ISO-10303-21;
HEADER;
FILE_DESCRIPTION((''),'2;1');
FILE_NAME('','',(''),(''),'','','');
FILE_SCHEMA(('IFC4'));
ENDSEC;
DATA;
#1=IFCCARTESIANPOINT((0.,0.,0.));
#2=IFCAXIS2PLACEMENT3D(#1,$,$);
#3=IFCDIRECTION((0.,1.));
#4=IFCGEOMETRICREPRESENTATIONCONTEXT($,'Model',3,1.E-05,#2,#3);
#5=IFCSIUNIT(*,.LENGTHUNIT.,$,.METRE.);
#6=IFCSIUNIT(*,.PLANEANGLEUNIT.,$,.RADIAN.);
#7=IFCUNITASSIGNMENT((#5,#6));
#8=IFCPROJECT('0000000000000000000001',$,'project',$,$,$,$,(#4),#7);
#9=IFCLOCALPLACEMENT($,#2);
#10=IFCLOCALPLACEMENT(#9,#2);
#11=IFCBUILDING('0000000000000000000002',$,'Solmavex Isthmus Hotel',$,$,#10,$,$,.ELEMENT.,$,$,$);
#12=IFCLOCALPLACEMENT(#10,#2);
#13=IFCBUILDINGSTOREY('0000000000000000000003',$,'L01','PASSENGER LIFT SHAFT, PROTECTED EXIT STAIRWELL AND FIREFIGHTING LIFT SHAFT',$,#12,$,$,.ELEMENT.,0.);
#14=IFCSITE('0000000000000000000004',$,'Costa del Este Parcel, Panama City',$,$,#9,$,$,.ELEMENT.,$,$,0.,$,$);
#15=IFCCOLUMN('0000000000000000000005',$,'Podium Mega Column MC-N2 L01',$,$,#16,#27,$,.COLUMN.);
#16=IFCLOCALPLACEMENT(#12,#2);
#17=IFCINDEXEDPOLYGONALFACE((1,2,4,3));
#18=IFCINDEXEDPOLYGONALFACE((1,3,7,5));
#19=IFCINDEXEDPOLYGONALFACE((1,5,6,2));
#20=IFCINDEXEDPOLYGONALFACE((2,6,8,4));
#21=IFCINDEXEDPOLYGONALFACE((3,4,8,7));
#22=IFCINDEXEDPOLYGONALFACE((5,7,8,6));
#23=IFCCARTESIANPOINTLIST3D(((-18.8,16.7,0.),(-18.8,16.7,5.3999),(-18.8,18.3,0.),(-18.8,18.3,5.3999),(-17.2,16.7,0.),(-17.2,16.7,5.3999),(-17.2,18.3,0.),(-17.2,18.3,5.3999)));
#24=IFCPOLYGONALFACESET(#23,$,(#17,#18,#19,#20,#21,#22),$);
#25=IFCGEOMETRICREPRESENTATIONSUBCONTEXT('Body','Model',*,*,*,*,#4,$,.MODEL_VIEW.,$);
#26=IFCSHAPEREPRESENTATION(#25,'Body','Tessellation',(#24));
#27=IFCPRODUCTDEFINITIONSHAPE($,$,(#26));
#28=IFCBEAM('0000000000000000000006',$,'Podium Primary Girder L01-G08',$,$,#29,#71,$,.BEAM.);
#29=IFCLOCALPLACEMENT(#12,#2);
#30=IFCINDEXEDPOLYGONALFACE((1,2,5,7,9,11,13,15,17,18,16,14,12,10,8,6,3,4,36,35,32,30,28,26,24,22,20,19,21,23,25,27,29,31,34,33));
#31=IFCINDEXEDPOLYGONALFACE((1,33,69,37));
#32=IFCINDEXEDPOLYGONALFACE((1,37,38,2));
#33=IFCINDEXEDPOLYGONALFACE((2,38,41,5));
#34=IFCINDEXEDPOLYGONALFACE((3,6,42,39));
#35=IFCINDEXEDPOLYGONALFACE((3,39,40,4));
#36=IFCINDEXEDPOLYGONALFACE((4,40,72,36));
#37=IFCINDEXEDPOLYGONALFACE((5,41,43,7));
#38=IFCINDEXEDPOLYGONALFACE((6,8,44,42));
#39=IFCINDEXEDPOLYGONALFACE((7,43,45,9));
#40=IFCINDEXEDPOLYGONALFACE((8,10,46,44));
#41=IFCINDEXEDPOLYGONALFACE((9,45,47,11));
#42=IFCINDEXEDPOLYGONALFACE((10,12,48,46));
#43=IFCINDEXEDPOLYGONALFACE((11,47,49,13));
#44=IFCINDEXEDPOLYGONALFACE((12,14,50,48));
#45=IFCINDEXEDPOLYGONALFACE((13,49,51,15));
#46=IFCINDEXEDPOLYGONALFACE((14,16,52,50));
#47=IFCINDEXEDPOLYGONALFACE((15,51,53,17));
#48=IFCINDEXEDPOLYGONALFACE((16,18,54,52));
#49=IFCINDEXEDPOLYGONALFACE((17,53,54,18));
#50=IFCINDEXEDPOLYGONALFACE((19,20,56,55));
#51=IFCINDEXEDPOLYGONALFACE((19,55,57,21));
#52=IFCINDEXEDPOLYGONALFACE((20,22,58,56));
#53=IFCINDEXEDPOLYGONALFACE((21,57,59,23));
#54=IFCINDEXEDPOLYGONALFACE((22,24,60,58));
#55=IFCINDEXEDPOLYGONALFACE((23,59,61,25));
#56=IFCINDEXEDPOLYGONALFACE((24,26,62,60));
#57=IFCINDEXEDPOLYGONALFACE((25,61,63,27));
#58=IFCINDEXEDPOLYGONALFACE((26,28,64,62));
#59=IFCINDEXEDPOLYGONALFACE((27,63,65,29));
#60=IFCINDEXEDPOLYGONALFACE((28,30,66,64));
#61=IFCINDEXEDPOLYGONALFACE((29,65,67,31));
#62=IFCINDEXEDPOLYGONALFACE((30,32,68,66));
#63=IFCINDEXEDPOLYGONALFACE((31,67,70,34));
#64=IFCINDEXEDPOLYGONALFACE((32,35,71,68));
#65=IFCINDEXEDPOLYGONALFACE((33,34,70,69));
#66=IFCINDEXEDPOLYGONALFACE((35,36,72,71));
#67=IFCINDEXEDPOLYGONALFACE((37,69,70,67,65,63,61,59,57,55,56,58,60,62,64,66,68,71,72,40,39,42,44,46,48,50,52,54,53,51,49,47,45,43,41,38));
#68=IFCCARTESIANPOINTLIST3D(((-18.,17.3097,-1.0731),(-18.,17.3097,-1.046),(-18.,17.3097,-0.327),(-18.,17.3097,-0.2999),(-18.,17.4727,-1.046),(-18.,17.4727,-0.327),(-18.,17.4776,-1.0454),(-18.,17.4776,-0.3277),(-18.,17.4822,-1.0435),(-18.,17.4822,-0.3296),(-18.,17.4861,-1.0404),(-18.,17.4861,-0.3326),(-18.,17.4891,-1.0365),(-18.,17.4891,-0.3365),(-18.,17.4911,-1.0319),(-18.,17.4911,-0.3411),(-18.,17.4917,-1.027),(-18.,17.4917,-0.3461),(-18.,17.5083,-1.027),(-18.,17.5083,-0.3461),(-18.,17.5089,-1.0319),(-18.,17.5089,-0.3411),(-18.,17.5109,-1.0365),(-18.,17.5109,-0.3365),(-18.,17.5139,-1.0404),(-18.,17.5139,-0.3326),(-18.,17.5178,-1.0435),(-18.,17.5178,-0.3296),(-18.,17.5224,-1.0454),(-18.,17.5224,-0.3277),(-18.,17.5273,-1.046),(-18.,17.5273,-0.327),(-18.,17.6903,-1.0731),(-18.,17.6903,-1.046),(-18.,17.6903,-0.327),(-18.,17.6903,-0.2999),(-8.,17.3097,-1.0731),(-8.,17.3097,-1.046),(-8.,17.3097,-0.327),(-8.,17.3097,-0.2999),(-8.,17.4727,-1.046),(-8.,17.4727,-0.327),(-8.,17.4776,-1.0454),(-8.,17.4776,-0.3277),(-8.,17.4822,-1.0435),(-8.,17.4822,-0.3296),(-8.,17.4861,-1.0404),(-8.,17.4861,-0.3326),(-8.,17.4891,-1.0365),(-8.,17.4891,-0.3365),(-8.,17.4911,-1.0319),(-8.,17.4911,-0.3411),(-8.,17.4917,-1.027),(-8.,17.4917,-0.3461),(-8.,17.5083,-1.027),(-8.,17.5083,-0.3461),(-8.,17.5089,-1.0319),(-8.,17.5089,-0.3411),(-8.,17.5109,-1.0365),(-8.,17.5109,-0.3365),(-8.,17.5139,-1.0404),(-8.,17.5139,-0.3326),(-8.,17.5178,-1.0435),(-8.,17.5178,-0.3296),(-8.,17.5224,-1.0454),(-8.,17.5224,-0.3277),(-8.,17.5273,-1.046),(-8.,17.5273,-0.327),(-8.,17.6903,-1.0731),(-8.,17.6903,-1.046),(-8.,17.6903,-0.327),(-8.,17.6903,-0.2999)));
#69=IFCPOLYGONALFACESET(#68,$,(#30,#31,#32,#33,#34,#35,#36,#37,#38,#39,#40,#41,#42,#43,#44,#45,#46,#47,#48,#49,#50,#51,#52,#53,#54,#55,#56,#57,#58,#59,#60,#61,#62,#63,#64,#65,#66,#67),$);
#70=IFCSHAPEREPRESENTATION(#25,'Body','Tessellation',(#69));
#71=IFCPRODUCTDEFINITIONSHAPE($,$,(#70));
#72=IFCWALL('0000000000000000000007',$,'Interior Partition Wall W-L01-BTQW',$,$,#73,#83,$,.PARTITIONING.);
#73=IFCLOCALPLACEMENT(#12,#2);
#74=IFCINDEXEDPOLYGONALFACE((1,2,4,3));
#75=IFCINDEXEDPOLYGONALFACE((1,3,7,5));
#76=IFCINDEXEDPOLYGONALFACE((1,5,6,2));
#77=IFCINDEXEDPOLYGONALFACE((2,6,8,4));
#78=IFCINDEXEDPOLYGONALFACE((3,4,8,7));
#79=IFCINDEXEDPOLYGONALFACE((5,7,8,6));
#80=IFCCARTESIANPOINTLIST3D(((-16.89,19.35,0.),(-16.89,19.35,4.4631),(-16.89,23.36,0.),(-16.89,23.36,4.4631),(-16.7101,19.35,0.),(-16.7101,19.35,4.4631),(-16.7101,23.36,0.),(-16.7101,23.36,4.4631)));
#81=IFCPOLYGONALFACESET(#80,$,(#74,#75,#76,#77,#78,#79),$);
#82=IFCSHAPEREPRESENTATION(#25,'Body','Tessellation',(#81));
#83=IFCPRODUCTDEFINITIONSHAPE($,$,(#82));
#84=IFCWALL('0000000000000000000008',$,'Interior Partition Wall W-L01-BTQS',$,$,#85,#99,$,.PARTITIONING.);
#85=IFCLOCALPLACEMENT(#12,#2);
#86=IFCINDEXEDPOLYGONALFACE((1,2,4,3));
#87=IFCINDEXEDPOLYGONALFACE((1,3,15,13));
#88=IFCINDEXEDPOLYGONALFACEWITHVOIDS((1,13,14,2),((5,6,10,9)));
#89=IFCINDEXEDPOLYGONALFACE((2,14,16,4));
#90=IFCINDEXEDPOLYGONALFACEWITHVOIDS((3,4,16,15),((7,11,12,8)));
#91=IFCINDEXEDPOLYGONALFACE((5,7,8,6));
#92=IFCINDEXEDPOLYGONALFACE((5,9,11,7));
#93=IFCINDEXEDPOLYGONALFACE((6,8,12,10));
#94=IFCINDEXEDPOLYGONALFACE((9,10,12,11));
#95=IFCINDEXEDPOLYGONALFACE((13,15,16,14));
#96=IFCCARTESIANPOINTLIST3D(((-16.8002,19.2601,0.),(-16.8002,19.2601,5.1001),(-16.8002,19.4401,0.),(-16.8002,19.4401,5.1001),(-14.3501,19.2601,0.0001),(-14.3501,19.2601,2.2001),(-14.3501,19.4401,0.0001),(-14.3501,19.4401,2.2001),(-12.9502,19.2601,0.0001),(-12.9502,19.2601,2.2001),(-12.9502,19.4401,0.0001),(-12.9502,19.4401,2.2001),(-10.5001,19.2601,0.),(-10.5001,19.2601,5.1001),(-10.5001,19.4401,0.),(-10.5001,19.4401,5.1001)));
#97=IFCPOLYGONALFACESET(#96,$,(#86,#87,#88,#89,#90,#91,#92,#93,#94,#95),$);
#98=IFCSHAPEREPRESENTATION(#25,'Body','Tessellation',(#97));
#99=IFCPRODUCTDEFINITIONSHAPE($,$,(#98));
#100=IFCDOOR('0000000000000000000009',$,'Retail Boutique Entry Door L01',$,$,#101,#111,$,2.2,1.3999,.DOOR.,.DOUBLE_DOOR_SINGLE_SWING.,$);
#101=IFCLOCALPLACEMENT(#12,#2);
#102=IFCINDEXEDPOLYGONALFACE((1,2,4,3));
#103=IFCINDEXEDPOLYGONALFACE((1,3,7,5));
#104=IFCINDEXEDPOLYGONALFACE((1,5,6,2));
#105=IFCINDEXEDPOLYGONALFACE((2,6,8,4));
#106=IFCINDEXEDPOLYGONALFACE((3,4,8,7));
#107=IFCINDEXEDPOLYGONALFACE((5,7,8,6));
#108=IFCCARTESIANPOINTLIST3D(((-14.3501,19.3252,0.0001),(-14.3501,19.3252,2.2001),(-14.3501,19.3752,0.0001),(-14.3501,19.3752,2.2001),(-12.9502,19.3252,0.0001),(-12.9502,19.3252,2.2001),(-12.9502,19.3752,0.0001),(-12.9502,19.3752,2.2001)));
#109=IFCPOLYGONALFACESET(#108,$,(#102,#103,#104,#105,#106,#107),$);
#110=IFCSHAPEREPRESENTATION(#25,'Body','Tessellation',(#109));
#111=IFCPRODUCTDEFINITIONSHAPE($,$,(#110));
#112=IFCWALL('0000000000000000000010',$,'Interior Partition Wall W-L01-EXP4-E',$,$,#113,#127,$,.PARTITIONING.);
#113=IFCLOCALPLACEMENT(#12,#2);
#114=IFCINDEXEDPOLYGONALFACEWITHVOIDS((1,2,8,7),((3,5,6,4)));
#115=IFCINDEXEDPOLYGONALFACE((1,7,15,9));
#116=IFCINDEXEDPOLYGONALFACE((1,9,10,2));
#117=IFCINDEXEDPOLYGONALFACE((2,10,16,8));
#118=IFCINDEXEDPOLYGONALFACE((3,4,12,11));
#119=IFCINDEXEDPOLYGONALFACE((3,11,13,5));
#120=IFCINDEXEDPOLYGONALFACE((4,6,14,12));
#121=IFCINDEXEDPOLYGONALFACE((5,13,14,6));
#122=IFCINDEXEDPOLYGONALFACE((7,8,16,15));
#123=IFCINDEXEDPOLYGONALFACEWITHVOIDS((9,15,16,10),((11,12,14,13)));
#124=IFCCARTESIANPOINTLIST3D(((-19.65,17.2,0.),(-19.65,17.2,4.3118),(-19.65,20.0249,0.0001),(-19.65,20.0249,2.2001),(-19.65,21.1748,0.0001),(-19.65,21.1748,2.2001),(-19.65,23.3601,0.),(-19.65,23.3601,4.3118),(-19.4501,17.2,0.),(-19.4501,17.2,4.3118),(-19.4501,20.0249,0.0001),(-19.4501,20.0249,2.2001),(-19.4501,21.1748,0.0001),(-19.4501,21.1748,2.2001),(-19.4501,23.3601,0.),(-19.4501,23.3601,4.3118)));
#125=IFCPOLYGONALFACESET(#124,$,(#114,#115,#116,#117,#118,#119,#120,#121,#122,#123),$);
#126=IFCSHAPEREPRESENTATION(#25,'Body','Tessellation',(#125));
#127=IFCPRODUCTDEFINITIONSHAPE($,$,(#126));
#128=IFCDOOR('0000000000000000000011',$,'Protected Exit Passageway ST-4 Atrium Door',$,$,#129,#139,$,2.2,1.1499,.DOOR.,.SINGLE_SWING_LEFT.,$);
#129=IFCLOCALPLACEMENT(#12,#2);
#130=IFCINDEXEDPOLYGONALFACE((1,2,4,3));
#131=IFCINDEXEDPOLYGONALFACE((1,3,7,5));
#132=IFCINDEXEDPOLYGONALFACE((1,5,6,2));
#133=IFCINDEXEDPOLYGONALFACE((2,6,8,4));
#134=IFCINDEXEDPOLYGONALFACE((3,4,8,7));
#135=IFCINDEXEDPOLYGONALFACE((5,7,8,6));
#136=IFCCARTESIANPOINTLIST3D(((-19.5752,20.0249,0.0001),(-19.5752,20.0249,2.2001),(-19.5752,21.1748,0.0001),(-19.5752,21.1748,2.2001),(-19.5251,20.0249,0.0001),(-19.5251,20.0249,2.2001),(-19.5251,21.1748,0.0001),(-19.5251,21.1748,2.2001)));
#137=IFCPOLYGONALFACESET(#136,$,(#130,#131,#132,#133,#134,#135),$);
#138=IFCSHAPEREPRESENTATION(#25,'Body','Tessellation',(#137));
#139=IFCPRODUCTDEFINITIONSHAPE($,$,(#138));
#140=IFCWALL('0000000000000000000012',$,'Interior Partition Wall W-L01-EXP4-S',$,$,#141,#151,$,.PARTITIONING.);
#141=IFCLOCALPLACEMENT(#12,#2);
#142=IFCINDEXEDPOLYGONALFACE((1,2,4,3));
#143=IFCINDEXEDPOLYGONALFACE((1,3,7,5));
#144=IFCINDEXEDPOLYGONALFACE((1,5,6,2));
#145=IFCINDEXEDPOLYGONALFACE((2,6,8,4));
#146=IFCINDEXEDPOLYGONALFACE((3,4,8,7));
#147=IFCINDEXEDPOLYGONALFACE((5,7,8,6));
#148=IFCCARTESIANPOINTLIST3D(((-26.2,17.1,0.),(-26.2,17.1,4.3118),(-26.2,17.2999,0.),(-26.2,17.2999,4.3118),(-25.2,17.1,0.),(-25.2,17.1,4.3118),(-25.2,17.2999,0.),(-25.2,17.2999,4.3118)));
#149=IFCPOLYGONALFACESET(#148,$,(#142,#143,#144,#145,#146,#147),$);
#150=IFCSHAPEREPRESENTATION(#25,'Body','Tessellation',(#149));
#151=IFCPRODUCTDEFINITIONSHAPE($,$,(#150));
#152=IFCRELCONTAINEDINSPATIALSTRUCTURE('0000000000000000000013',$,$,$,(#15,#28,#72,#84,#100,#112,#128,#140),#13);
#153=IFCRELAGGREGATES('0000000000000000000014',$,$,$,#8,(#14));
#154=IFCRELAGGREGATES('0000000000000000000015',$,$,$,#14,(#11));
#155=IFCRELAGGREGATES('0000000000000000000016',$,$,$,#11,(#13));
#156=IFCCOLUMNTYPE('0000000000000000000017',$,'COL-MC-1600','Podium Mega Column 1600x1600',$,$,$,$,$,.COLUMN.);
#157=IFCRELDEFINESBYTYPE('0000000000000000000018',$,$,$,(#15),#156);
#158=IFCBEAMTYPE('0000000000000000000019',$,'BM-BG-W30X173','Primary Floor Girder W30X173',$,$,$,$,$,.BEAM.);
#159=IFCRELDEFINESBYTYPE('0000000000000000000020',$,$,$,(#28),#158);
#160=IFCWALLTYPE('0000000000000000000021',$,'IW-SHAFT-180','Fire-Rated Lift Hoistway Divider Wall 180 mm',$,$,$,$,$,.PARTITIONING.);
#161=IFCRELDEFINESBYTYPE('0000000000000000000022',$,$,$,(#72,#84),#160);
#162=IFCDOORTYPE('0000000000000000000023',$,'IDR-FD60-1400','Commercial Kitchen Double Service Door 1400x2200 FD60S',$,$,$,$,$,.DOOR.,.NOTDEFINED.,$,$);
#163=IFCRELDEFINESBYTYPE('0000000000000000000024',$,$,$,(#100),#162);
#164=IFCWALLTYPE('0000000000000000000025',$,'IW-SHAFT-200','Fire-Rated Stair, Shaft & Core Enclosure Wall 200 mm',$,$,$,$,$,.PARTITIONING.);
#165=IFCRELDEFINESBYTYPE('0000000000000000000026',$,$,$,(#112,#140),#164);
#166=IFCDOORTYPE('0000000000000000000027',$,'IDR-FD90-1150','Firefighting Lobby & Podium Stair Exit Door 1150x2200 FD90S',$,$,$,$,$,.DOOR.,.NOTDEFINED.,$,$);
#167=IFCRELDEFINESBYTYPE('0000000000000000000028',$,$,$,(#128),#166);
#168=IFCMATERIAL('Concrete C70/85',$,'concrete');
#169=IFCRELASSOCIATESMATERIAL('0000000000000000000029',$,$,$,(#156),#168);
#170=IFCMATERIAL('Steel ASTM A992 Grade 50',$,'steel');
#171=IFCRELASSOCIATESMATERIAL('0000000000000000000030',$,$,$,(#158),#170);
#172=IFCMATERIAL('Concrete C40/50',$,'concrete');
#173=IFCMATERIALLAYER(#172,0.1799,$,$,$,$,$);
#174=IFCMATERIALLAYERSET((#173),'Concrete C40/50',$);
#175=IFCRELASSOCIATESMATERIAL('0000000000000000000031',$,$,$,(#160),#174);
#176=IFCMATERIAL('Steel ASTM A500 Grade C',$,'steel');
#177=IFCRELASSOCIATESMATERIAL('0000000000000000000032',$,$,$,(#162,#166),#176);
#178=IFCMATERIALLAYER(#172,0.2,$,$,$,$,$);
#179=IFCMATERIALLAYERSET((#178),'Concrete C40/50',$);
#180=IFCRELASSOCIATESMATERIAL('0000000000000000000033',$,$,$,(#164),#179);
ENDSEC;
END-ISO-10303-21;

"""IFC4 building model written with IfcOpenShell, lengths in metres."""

from ifc_helpers import new_model, si_unit, direction, frame, frame_2d, origin, origin_2d, place, context, subcontext, project, spatial, rectangle, i_section, extrude, material, layer, layer_set, material_profile, profile_set, type_object, element, fill, save


model = new_model("IFC4")

# Units and contexts
model_context = context("Model", 3, precision=1e-05, world=origin(), true_north=direction((0.0, 1.0)))
body_context = subcontext(model_context, "Body", "Model", "MODEL_VIEW")
ifc_project = project(units=[si_unit("LENGTHUNIT", "METRE"), si_unit("PLANEANGLEUNIT", "RADIAN")], contexts=[model_context])

# Site, building, storey
site_placement = place(None, origin())
site = spatial("IfcSite", under=ifc_project, at=site_placement, Name="Costa del Este Parcel, Panama City", CompositionType="ELEMENT", RefElevation=0.0)
building_placement = place(site_placement, origin())
building = spatial("IfcBuilding", under=site, at=building_placement, Name="Solmavex Isthmus Hotel", CompositionType="ELEMENT")
storey_placement = place(building_placement, origin())
storey = spatial("IfcBuildingStorey", under=building, at=storey_placement, Name="L01", Description="PASSENGER LIFT SHAFT, PROTECTED EXIT STAIRWELL AND FIREFIGHTING LIFT SHAFT", CompositionType="ELEMENT", Elevation=0.0)

# Column
ifc_material_1 = material(Name="Concrete C70/85", Category="concrete")
ifc_material_profile_1 = material_profile(ifc_material_1, rectangle(XDim=1.6001, YDim=1.6001, at=origin_2d()), Name="RC1600X1600")
ifc_profile_set_1 = profile_set([ifc_material_profile_1], Name="Concrete C70/85")
column_type = type_object("IfcColumnType", Name="COL-MC-1600", Description="Podium Mega Column 1600x1600", PredefinedType="COLUMN", material=ifc_profile_set_1)
column_placement = place(storey_placement, frame((-18.0, 17.5, 0.0), z_axis=(0.0, 0.0, 1.0), x_axis=(1.0, 0.0, 0.0)))
element("IfcColumn", 1, at=column_placement, inside=storey, type_object=column_type, Name="Podium Mega Column MC-N2 L01", PredefinedType="COLUMN", context=body_context, shape_type="SweptSolid", body=[
    extrude(rectangle(XDim=1.6001, YDim=1.6001, at=origin_2d()), origin(), (0.0, 0.0, 1.0), 5.3999),
])

# Beam
ifc_material_2 = material(Name="Steel ASTM A992 Grade 50", Category="steel")
ifc_material_profile_2 = material_profile(ifc_material_2, i_section(OverallWidth=0.3806, OverallDepth=0.7732, WebThickness=0.0166, FlangeThickness=0.0271, FilletRadius=0.019, at=origin_2d()), Name="W30X173")
ifc_profile_set_2 = profile_set([ifc_material_profile_2], Name="Steel ASTM A992 Grade 50")
beam_type = type_object("IfcBeamType", Name="BM-BG-W30X173", Description="Primary Floor Girder W30X173", PredefinedType="BEAM", material=ifc_profile_set_2)
beam_placement = place(storey_placement, frame((-18.0, 17.5, -0.6865), z_axis=(1.0, 0.0, 0.0), x_axis=(0.0, 1.0, 0.0)))
element("IfcBeam", 2, at=beam_placement, inside=storey, type_object=beam_type, Name="Podium Primary Girder L01-G08", PredefinedType="BEAM", context=body_context, shape_type="SweptSolid", body=[
    extrude(i_section(OverallWidth=0.3806, OverallDepth=0.7732, WebThickness=0.0166, FlangeThickness=0.0271, FilletRadius=0.019, at=origin_2d()), origin(), (0.0, 0.0, 1.0), 10.0),
])

# Wall
ifc_material_3 = material(Name="Concrete C40/50", Category="concrete")
ifc_layer_1 = layer(ifc_material_3, 0.1799)
ifc_layer_set_1 = layer_set([ifc_layer_1], Name="Concrete C40/50")
wall_type_1 = type_object("IfcWallType", Name="IW-SHAFT-180", Description="Fire-Rated Lift Hoistway Divider Wall 180 mm", PredefinedType="PARTITIONING", material=ifc_layer_set_1)
wall_1_placement = place(storey_placement, frame((-16.8, 19.3501, 0.0), z_axis=(0.0, 0.0, 1.0), x_axis=(0.0, 1.0, 0.0)))
element("IfcWall", 3, at=wall_1_placement, inside=storey, type_object=wall_type_1, Name="Interior Partition Wall W-L01-BTQW", PredefinedType="PARTITIONING", context=body_context, shape_type="SweptSolid", body=[
    extrude(rectangle(XDim=4.01, YDim=0.1799, at=frame_2d((2.0049, 0.0))), origin(), (0.0, 0.0, 1.0), 4.4631),
])

# Walls, openings, doors
wall_2_placement = place(storey_placement, frame((-16.8, 19.3501, 0.0), z_axis=(0.0, 0.0, 1.0), x_axis=(1.0, 0.0, 0.0)))
wall_2 = element("IfcWall", 4, at=wall_2_placement, inside=storey, type_object=wall_type_1, Name="Interior Partition Wall W-L01-BTQS", PredefinedType="PARTITIONING", context=body_context, shape_type="SweptSolid", body=[
    extrude(rectangle(XDim=6.3, YDim=0.1799, at=frame_2d((3.1499, 0.0))), origin(), (0.0, 0.0, 1.0), 5.1001),
])
opening_1_placement = place(wall_2_placement, frame((2.45, 0.0, 0.0)))
opening_1 = element("IfcOpeningElement", 5, at=opening_1_placement, cuts=wall_2, PredefinedType="OPENING", context=body_context, shape_type="SweptSolid", body=[
    extrude(rectangle(XDim=1.3999, YDim=2.2, at=frame_2d((0.7, 1.1001))), frame((0.0, 0.0999, 0.0), z_axis=(0.0, -1.0, 0.0), x_axis=(1.0, 0.0, 0.0)), (0.0, 0.0, 1.0), 0.2),
])
ifc_material_4 = material(Name="Steel ASTM A500 Grade C", Category="steel")
door_type_1 = type_object("IfcDoorType", Name="IDR-FD60-1400", Description="Commercial Kitchen Double Service Door 1400x2200 FD60S", OperationType="NOTDEFINED", PredefinedType="DOOR", material=ifc_material_4)
door_1_placement = place(opening_1_placement, frame((1.3999, 0.0, 0.0), z_axis=(0.0, 0.0, 1.0), x_axis=(-1.0, 0.0, 0.0)))
door_1 = element("IfcDoor", 6, at=door_1_placement, inside=storey, type_object=door_type_1, Name="Retail Boutique Entry Door L01", OperationType="DOUBLE_DOOR_SINGLE_SWING", OverallHeight=2.2, OverallWidth=1.3999, PredefinedType="DOOR", context=body_context, shape_type="SweptSolid", body=[
    extrude(rectangle(XDim=1.3999, YDim=2.2, at=frame_2d((0.7, 1.1001))), frame((0.0, 0.0249, 0.0), z_axis=(0.0, -1.0, 0.0), x_axis=(1.0, 0.0, 0.0)), (0.0, 0.0, 1.0), 0.05),
])
fill(opening_1, door_1)
ifc_layer_2 = layer(ifc_material_3, 0.2)
ifc_layer_set_2 = layer_set([ifc_layer_2], Name="Concrete C40/50")
wall_type_2 = type_object("IfcWallType", Name="IW-SHAFT-200", Description="Fire-Rated Stair, Shaft & Core Enclosure Wall 200 mm", PredefinedType="PARTITIONING", material=ifc_layer_set_2)
wall_3_placement = place(storey_placement, frame((-19.55, 17.2, 0.0), z_axis=(0.0, 0.0, 1.0), x_axis=(0.0, 1.0, 0.0)))
wall_3 = element("IfcWall", 7, at=wall_3_placement, inside=storey, type_object=wall_type_2, Name="Interior Partition Wall W-L01-EXP4-E", PredefinedType="PARTITIONING", context=body_context, shape_type="SweptSolid", body=[
    extrude(rectangle(XDim=6.1602, YDim=0.2, at=frame_2d((3.0801, 0.0))), origin(), (0.0, 0.0, 1.0), 4.3118),
])
opening_2_placement = place(wall_3_placement, frame((2.825, 0.0, 0.0)))
opening_2 = element("IfcOpeningElement", 8, at=opening_2_placement, cuts=wall_3, PredefinedType="OPENING", context=body_context, shape_type="SweptSolid", body=[
    extrude(rectangle(XDim=1.1499, YDim=2.2, at=frame_2d((0.575, 1.1001))), frame((0.0, 0.1099, 0.0), z_axis=(0.0, -1.0, 0.0), x_axis=(1.0, 0.0, 0.0)), (0.0, 0.0, 1.0), 0.22),
])
door_type_2 = type_object("IfcDoorType", Name="IDR-FD90-1150", Description="Firefighting Lobby & Podium Stair Exit Door 1150x2200 FD90S", OperationType="NOTDEFINED", PredefinedType="DOOR", material=ifc_material_4)
door_2_placement = place(opening_2_placement, frame((1.1499, 0.0, 0.0), z_axis=(0.0, 0.0, 1.0), x_axis=(-1.0, 0.0, 0.0)))
door_2 = element("IfcDoor", 9, at=door_2_placement, inside=storey, type_object=door_type_2, Name="Protected Exit Passageway ST-4 Atrium Door", OperationType="SINGLE_SWING_LEFT", OverallHeight=2.2, OverallWidth=1.1499, PredefinedType="DOOR", context=body_context, shape_type="SweptSolid", body=[
    extrude(rectangle(XDim=1.1499, YDim=2.2, at=frame_2d((0.575, 1.1001))), frame((0.0, 0.0249, 0.0), z_axis=(0.0, -1.0, 0.0), x_axis=(1.0, 0.0, 0.0)), (0.0, 0.0, 1.0), 0.05),
])
fill(opening_2, door_2)

# Wall
wall_4_placement = place(storey_placement, frame((-26.2, 17.2, 0.0), z_axis=(0.0, 0.0, 1.0), x_axis=(1.0, 0.0, 0.0)))
element("IfcWall", 10, at=wall_4_placement, inside=storey, type_object=wall_type_2, Name="Interior Partition Wall W-L01-EXP4-S", PredefinedType="PARTITIONING", context=body_context, shape_type="SweptSolid", body=[
    extrude(rectangle(XDim=1.0, YDim=0.2, at=frame_2d((0.5, 0.0))), origin(), (0.0, 0.0, 1.0), 4.3118),
])

save(model, "model.ifc")
